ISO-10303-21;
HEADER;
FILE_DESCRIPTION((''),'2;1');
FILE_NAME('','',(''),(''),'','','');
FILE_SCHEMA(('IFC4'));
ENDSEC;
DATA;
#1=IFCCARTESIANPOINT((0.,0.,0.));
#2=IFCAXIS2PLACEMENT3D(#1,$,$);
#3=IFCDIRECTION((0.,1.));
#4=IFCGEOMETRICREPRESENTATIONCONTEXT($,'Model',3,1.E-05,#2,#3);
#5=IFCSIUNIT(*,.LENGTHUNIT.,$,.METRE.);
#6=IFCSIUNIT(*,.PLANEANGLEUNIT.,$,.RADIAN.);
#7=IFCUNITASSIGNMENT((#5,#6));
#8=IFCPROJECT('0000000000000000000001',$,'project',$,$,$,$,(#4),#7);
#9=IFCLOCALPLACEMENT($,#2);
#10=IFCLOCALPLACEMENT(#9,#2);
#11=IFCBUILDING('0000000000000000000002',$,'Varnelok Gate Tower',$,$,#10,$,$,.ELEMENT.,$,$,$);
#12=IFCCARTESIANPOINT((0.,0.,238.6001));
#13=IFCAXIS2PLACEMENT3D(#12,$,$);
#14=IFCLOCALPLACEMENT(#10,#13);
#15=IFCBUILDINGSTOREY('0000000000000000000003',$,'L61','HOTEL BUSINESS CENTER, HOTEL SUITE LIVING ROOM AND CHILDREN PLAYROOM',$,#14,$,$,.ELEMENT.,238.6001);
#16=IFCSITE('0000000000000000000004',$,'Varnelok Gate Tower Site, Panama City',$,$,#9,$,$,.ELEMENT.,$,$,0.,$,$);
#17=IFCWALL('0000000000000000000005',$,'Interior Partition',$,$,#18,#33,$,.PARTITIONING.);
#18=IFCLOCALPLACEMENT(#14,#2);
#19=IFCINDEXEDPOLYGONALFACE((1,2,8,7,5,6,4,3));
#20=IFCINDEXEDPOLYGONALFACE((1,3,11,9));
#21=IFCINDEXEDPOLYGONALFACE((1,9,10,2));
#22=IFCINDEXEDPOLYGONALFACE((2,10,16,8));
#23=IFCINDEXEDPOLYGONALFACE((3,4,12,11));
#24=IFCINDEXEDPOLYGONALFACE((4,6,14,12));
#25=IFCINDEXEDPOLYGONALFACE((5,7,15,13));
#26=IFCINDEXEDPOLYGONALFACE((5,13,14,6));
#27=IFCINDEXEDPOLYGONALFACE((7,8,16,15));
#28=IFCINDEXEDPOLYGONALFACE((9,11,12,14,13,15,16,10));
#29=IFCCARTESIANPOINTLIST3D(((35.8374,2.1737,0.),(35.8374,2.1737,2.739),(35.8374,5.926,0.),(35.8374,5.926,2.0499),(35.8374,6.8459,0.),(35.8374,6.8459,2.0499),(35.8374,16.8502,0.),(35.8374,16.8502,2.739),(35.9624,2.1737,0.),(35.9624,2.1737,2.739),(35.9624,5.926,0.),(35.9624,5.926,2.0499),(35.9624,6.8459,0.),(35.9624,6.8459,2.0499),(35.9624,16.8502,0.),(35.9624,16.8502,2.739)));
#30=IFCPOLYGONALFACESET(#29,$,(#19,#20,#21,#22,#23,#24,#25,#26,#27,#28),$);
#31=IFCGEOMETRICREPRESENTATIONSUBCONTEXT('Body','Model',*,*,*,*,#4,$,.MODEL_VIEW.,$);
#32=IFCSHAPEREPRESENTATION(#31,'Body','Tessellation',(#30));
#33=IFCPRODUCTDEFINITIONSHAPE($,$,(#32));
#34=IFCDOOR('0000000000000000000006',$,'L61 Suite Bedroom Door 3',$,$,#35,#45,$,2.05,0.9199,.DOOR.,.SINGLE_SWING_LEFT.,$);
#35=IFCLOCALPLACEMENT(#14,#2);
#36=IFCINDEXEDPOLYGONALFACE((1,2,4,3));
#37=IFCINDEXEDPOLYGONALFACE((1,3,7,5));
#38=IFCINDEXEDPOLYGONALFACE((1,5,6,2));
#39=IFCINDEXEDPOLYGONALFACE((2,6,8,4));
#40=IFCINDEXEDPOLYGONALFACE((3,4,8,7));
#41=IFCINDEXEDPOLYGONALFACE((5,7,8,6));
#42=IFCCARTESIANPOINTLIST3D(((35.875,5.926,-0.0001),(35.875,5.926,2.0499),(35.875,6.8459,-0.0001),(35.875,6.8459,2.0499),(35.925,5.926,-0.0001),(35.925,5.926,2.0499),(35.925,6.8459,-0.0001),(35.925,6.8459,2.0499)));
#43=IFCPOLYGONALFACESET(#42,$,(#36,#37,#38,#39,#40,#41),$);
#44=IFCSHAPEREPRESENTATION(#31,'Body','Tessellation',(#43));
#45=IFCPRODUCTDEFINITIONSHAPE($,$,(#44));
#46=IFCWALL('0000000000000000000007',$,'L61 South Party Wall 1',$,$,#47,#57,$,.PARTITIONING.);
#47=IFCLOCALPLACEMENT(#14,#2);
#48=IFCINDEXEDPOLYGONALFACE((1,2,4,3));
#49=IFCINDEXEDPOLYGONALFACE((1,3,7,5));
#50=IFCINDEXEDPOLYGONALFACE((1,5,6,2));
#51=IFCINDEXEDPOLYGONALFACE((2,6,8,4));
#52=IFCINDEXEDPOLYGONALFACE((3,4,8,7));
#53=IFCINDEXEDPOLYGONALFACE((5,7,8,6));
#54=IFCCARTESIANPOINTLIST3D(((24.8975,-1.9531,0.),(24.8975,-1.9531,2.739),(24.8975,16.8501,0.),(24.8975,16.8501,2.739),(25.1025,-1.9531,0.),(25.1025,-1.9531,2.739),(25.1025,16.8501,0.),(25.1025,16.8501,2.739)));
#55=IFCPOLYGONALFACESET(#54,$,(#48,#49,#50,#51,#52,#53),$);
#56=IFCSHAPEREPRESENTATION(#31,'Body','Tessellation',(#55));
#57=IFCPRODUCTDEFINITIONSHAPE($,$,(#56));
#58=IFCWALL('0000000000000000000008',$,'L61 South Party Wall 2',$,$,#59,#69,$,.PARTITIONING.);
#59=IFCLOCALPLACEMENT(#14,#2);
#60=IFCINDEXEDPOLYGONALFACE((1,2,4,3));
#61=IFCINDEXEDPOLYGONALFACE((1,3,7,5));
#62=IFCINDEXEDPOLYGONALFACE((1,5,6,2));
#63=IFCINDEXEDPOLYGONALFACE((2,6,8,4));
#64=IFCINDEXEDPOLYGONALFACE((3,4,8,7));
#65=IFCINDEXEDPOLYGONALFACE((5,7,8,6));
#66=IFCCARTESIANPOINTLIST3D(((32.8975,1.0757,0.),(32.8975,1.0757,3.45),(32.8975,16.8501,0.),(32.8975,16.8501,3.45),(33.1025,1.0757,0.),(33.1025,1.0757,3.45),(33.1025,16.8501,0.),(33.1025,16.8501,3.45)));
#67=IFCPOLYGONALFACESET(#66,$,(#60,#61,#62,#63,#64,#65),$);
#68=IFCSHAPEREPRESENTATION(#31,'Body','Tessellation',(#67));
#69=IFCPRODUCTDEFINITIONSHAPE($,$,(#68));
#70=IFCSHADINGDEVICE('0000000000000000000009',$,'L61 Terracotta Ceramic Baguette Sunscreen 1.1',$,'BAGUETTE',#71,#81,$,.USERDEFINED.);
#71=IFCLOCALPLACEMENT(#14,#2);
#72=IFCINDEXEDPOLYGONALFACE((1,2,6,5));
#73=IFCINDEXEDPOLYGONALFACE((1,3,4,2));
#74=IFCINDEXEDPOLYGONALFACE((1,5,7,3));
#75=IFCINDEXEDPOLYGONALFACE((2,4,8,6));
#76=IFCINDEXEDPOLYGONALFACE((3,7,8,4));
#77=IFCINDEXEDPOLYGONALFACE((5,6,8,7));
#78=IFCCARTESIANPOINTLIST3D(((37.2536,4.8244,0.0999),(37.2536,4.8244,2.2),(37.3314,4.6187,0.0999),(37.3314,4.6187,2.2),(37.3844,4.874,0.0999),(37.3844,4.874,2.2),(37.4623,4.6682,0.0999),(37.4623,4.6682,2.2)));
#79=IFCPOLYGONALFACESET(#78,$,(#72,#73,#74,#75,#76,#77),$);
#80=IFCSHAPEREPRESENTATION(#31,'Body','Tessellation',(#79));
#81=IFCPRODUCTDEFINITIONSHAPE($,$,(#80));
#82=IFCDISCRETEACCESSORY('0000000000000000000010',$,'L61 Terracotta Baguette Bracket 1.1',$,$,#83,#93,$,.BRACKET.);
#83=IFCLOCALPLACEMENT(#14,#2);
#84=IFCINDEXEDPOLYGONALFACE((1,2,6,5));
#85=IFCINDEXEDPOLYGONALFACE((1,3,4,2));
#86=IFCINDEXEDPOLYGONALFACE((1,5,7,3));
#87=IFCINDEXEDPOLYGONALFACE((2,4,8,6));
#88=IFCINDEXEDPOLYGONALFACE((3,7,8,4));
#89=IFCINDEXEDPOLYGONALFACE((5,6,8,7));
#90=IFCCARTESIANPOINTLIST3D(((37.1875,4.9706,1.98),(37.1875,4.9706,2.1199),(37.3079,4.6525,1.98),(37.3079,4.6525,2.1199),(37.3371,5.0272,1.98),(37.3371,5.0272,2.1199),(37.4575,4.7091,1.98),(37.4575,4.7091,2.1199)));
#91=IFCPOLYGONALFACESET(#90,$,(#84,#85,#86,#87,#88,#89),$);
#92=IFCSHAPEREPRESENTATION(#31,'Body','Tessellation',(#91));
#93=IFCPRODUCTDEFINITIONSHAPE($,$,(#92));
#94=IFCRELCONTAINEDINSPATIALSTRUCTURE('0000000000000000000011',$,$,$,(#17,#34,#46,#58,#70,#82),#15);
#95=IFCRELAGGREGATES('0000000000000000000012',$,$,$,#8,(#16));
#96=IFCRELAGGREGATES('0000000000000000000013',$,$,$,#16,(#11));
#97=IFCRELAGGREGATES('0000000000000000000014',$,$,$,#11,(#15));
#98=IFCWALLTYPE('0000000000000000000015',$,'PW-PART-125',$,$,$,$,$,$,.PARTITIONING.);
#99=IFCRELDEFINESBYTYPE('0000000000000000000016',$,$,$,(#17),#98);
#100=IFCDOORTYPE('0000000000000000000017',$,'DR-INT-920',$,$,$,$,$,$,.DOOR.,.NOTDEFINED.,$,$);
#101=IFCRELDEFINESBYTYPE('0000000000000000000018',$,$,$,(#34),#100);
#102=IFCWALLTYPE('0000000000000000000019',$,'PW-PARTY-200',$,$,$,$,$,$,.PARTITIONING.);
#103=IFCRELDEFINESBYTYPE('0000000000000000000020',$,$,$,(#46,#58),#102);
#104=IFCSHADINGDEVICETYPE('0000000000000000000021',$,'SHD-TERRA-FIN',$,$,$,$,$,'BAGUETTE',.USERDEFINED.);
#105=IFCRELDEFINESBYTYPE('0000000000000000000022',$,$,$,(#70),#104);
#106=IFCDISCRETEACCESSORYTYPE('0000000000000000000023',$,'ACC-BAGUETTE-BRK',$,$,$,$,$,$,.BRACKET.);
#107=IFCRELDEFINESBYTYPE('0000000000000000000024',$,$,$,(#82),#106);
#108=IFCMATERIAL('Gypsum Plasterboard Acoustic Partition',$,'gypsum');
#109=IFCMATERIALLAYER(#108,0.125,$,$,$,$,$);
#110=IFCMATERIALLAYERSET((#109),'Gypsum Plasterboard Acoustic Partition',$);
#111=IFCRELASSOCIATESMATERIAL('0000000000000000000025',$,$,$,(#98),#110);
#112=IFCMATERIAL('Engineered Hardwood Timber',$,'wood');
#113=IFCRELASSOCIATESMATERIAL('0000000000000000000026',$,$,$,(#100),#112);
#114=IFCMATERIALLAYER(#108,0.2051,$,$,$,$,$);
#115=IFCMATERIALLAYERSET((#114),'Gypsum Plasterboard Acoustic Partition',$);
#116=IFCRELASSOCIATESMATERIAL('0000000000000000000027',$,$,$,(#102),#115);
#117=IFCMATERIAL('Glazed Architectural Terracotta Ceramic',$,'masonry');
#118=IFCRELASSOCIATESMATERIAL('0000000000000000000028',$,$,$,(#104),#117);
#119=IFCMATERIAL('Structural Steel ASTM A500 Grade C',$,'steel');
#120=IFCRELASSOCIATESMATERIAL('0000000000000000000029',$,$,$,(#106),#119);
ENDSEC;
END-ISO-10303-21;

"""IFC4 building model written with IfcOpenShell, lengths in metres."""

from ifc_helpers import new_model, si_unit, direction, frame, frame_2d, origin, origin_2d, place, context, subcontext, project, spatial, rectangle, extrude, source, transform, mapped, material, layer, layer_set, type_object, element, fill, save


model = new_model("IFC4")

# Units and contexts
model_context = context("Model", 3, precision=1e-05, world=origin(), true_north=direction((0.0, 1.0)))
body_context = subcontext(model_context, "Body", "Model", "MODEL_VIEW")
ifc_project = project(units=[si_unit("LENGTHUNIT", "METRE"), si_unit("PLANEANGLEUNIT", "RADIAN")], contexts=[model_context])

# Site, building, storey
site_placement = place(None, origin())
site = spatial("IfcSite", under=ifc_project, at=site_placement, Name="Varnelok Gate Tower Site, Panama City", CompositionType="ELEMENT", RefElevation=0.0)
building_placement = place(site_placement, origin())
building = spatial("IfcBuilding", under=site, at=building_placement, Name="Varnelok Gate Tower", CompositionType="ELEMENT")
storey_placement = place(building_placement, frame((0.0, 0.0, 238.6001)))
storey = spatial("IfcBuildingStorey", under=building, at=storey_placement, Name="L61", Description="HOTEL BUSINESS CENTER, HOTEL SUITE LIVING ROOM AND CHILDREN PLAYROOM", CompositionType="ELEMENT", Elevation=238.6001)

# Wall, opening, door
ifc_material_1 = material(Name="Gypsum Plasterboard Acoustic Partition", Category="gypsum")
ifc_layer_1 = layer(ifc_material_1, 0.125)
ifc_layer_set_1 = layer_set([ifc_layer_1], Name="Gypsum Plasterboard Acoustic Partition")
wall_type_1 = type_object("IfcWallType", Name="PW-PART-125", PredefinedType="PARTITIONING", material=ifc_layer_set_1)
wall_1_placement = place(storey_placement, frame((35.8999, 2.1736, 0.0), z_axis=(0.0, 0.0, 1.0), x_axis=(0.0, 1.0, 0.0)))
wall_1 = element("IfcWall", 1, at=wall_1_placement, inside=storey, type_object=wall_type_1, Name="Interior Partition", PredefinedType="PARTITIONING", context=body_context, shape_type="SweptSolid", body=[
    extrude(rectangle(XDim=14.6765, YDim=0.125, at=frame_2d((7.3384, 0.0))), origin(), (0.0, 0.0, 1.0), 2.739),
])
opening_1_placement = place(wall_1_placement, frame((3.7524, 0.0, 0.0)))
opening_1 = element("IfcOpeningElement", 2, at=opening_1_placement, cuts=wall_1, PredefinedType="OPENING", context=body_context, shape_type="SweptSolid", body=[
    extrude(rectangle(XDim=0.9199, YDim=2.05, at=frame_2d((0.46, 1.0249))), frame((0.0, 0.0725, 0.0), z_axis=(0.0, -1.0, 0.0), x_axis=(1.0, 0.0, 0.0)), (0.0, 0.0, 1.0), 0.145),
])
ifc_material_2 = material(Name="Engineered Hardwood Timber", Category="wood")
door_type = type_object("IfcDoorType", Name="DR-INT-920", OperationType="NOTDEFINED", PredefinedType="DOOR", material=ifc_material_2)
door_placement = place(opening_1_placement, origin())
door = element("IfcDoor", 3, at=door_placement, inside=storey, type_object=door_type, Name="L61 Suite Bedroom Door 3", OperationType="SINGLE_SWING_LEFT", OverallHeight=2.05, OverallWidth=0.9199, PredefinedType="DOOR", context=body_context, shape_type="SweptSolid", body=[
    extrude(rectangle(XDim=0.9199, YDim=2.05, at=frame_2d((0.46, 1.0249))), frame((0.0, 0.0249, 0.0), z_axis=(0.0, -1.0, 0.0), x_axis=(1.0, 0.0, 0.0)), (0.0, 0.0, 1.0), 0.05),
])
fill(opening_1, door)

# Walls
ifc_layer_2 = layer(ifc_material_1, 0.2051)
ifc_layer_set_2 = layer_set([ifc_layer_2], Name="Gypsum Plasterboard Acoustic Partition")
wall_type_2 = type_object("IfcWallType", Name="PW-PARTY-200", PredefinedType="PARTITIONING", material=ifc_layer_set_2)
wall_2_placement = place(storey_placement, frame((25.0, -1.9531, 0.0), z_axis=(0.0, 0.0, 1.0), x_axis=(0.0, 1.0, 0.0)))
element("IfcWall", 4, at=wall_2_placement, inside=storey, type_object=wall_type_2, Name="L61 South Party Wall 1", PredefinedType="PARTITIONING", context=body_context, shape_type="SweptSolid", body=[
    extrude(rectangle(XDim=18.8032, YDim=0.2051, at=frame_2d((9.4016, 0.0))), origin(), (0.0, 0.0, 1.0), 2.739),
])
wall_3_placement = place(storey_placement, frame((33.0, 1.0757, 0.0), z_axis=(0.0, 0.0, 1.0), x_axis=(0.0, 1.0, 0.0)))
element("IfcWall", 5, at=wall_3_placement, inside=storey, type_object=wall_type_2, Name="L61 South Party Wall 2", PredefinedType="PARTITIONING", context=body_context, shape_type="SweptSolid", body=[
    extrude(rectangle(XDim=15.7744, YDim=0.2051, at=frame_2d((7.8872, 0.0))), origin(), (0.0, 0.0, 1.0), 3.45),
])

# Shading device
ifc_material_3 = material(Name="Glazed Architectural Terracotta Ceramic", Category="masonry")
shading_device_type = type_object("IfcShadingDeviceType", Name="SHD-TERRA-FIN", ElementType="BAGUETTE", PredefinedType="USERDEFINED", material=ifc_material_3)
shared_shape_1 = source(origin(), body_context, "Body", "SweptSolid", [
    extrude(rectangle(XDim=0.1399, YDim=0.22, at=origin_2d()), origin(), (0.0, 0.0, 1.0), 2.1001),
])
shading_device_placement = place(storey_placement, frame((37.3579, 4.7463, 0.0999), z_axis=(0.0, 0.0, 1.0), x_axis=(0.935222, 0.354063, 0.0)))
element("IfcShadingDevice", 6, at=shading_device_placement, inside=storey, type_object=shading_device_type, Name="L61 Terracotta Ceramic Baguette Sunscreen 1.1", ObjectType="BAGUETTE", PredefinedType="USERDEFINED", context=body_context, shape_type="MappedRepresentation", body=[
    mapped(shared_shape_1, transform((0.0, 0.0, 0.0), scale=1.0)),
])

# Discrete accessory
ifc_material_4 = material(Name="Structural Steel ASTM A500 Grade C", Category="steel")
discrete_accessory_type = type_object("IfcDiscreteAccessoryType", Name="ACC-BAGUETTE-BRK", PredefinedType="BRACKET", material=ifc_material_4)
shared_shape_2 = source(origin(), body_context, "Body", "SweptSolid", [
    extrude(rectangle(XDim=0.1599, YDim=0.3401, at=origin_2d()), origin(), (0.0, 0.0, 1.0), 0.1399),
])
discrete_accessory_placement = place(storey_placement, frame((37.3225, 4.8398, 1.98), z_axis=(0.0, 0.0, 1.0), x_axis=(0.935222, 0.354063, 0.0)))
element("IfcDiscreteAccessory", 7, at=discrete_accessory_placement, inside=storey, type_object=discrete_accessory_type, Name="L61 Terracotta Baguette Bracket 1.1", PredefinedType="BRACKET", context=body_context, shape_type="MappedRepresentation", body=[
    mapped(shared_shape_2, transform((0.0, 0.0, 0.0), scale=1.0)),
])

save(model, "model.ifc")
